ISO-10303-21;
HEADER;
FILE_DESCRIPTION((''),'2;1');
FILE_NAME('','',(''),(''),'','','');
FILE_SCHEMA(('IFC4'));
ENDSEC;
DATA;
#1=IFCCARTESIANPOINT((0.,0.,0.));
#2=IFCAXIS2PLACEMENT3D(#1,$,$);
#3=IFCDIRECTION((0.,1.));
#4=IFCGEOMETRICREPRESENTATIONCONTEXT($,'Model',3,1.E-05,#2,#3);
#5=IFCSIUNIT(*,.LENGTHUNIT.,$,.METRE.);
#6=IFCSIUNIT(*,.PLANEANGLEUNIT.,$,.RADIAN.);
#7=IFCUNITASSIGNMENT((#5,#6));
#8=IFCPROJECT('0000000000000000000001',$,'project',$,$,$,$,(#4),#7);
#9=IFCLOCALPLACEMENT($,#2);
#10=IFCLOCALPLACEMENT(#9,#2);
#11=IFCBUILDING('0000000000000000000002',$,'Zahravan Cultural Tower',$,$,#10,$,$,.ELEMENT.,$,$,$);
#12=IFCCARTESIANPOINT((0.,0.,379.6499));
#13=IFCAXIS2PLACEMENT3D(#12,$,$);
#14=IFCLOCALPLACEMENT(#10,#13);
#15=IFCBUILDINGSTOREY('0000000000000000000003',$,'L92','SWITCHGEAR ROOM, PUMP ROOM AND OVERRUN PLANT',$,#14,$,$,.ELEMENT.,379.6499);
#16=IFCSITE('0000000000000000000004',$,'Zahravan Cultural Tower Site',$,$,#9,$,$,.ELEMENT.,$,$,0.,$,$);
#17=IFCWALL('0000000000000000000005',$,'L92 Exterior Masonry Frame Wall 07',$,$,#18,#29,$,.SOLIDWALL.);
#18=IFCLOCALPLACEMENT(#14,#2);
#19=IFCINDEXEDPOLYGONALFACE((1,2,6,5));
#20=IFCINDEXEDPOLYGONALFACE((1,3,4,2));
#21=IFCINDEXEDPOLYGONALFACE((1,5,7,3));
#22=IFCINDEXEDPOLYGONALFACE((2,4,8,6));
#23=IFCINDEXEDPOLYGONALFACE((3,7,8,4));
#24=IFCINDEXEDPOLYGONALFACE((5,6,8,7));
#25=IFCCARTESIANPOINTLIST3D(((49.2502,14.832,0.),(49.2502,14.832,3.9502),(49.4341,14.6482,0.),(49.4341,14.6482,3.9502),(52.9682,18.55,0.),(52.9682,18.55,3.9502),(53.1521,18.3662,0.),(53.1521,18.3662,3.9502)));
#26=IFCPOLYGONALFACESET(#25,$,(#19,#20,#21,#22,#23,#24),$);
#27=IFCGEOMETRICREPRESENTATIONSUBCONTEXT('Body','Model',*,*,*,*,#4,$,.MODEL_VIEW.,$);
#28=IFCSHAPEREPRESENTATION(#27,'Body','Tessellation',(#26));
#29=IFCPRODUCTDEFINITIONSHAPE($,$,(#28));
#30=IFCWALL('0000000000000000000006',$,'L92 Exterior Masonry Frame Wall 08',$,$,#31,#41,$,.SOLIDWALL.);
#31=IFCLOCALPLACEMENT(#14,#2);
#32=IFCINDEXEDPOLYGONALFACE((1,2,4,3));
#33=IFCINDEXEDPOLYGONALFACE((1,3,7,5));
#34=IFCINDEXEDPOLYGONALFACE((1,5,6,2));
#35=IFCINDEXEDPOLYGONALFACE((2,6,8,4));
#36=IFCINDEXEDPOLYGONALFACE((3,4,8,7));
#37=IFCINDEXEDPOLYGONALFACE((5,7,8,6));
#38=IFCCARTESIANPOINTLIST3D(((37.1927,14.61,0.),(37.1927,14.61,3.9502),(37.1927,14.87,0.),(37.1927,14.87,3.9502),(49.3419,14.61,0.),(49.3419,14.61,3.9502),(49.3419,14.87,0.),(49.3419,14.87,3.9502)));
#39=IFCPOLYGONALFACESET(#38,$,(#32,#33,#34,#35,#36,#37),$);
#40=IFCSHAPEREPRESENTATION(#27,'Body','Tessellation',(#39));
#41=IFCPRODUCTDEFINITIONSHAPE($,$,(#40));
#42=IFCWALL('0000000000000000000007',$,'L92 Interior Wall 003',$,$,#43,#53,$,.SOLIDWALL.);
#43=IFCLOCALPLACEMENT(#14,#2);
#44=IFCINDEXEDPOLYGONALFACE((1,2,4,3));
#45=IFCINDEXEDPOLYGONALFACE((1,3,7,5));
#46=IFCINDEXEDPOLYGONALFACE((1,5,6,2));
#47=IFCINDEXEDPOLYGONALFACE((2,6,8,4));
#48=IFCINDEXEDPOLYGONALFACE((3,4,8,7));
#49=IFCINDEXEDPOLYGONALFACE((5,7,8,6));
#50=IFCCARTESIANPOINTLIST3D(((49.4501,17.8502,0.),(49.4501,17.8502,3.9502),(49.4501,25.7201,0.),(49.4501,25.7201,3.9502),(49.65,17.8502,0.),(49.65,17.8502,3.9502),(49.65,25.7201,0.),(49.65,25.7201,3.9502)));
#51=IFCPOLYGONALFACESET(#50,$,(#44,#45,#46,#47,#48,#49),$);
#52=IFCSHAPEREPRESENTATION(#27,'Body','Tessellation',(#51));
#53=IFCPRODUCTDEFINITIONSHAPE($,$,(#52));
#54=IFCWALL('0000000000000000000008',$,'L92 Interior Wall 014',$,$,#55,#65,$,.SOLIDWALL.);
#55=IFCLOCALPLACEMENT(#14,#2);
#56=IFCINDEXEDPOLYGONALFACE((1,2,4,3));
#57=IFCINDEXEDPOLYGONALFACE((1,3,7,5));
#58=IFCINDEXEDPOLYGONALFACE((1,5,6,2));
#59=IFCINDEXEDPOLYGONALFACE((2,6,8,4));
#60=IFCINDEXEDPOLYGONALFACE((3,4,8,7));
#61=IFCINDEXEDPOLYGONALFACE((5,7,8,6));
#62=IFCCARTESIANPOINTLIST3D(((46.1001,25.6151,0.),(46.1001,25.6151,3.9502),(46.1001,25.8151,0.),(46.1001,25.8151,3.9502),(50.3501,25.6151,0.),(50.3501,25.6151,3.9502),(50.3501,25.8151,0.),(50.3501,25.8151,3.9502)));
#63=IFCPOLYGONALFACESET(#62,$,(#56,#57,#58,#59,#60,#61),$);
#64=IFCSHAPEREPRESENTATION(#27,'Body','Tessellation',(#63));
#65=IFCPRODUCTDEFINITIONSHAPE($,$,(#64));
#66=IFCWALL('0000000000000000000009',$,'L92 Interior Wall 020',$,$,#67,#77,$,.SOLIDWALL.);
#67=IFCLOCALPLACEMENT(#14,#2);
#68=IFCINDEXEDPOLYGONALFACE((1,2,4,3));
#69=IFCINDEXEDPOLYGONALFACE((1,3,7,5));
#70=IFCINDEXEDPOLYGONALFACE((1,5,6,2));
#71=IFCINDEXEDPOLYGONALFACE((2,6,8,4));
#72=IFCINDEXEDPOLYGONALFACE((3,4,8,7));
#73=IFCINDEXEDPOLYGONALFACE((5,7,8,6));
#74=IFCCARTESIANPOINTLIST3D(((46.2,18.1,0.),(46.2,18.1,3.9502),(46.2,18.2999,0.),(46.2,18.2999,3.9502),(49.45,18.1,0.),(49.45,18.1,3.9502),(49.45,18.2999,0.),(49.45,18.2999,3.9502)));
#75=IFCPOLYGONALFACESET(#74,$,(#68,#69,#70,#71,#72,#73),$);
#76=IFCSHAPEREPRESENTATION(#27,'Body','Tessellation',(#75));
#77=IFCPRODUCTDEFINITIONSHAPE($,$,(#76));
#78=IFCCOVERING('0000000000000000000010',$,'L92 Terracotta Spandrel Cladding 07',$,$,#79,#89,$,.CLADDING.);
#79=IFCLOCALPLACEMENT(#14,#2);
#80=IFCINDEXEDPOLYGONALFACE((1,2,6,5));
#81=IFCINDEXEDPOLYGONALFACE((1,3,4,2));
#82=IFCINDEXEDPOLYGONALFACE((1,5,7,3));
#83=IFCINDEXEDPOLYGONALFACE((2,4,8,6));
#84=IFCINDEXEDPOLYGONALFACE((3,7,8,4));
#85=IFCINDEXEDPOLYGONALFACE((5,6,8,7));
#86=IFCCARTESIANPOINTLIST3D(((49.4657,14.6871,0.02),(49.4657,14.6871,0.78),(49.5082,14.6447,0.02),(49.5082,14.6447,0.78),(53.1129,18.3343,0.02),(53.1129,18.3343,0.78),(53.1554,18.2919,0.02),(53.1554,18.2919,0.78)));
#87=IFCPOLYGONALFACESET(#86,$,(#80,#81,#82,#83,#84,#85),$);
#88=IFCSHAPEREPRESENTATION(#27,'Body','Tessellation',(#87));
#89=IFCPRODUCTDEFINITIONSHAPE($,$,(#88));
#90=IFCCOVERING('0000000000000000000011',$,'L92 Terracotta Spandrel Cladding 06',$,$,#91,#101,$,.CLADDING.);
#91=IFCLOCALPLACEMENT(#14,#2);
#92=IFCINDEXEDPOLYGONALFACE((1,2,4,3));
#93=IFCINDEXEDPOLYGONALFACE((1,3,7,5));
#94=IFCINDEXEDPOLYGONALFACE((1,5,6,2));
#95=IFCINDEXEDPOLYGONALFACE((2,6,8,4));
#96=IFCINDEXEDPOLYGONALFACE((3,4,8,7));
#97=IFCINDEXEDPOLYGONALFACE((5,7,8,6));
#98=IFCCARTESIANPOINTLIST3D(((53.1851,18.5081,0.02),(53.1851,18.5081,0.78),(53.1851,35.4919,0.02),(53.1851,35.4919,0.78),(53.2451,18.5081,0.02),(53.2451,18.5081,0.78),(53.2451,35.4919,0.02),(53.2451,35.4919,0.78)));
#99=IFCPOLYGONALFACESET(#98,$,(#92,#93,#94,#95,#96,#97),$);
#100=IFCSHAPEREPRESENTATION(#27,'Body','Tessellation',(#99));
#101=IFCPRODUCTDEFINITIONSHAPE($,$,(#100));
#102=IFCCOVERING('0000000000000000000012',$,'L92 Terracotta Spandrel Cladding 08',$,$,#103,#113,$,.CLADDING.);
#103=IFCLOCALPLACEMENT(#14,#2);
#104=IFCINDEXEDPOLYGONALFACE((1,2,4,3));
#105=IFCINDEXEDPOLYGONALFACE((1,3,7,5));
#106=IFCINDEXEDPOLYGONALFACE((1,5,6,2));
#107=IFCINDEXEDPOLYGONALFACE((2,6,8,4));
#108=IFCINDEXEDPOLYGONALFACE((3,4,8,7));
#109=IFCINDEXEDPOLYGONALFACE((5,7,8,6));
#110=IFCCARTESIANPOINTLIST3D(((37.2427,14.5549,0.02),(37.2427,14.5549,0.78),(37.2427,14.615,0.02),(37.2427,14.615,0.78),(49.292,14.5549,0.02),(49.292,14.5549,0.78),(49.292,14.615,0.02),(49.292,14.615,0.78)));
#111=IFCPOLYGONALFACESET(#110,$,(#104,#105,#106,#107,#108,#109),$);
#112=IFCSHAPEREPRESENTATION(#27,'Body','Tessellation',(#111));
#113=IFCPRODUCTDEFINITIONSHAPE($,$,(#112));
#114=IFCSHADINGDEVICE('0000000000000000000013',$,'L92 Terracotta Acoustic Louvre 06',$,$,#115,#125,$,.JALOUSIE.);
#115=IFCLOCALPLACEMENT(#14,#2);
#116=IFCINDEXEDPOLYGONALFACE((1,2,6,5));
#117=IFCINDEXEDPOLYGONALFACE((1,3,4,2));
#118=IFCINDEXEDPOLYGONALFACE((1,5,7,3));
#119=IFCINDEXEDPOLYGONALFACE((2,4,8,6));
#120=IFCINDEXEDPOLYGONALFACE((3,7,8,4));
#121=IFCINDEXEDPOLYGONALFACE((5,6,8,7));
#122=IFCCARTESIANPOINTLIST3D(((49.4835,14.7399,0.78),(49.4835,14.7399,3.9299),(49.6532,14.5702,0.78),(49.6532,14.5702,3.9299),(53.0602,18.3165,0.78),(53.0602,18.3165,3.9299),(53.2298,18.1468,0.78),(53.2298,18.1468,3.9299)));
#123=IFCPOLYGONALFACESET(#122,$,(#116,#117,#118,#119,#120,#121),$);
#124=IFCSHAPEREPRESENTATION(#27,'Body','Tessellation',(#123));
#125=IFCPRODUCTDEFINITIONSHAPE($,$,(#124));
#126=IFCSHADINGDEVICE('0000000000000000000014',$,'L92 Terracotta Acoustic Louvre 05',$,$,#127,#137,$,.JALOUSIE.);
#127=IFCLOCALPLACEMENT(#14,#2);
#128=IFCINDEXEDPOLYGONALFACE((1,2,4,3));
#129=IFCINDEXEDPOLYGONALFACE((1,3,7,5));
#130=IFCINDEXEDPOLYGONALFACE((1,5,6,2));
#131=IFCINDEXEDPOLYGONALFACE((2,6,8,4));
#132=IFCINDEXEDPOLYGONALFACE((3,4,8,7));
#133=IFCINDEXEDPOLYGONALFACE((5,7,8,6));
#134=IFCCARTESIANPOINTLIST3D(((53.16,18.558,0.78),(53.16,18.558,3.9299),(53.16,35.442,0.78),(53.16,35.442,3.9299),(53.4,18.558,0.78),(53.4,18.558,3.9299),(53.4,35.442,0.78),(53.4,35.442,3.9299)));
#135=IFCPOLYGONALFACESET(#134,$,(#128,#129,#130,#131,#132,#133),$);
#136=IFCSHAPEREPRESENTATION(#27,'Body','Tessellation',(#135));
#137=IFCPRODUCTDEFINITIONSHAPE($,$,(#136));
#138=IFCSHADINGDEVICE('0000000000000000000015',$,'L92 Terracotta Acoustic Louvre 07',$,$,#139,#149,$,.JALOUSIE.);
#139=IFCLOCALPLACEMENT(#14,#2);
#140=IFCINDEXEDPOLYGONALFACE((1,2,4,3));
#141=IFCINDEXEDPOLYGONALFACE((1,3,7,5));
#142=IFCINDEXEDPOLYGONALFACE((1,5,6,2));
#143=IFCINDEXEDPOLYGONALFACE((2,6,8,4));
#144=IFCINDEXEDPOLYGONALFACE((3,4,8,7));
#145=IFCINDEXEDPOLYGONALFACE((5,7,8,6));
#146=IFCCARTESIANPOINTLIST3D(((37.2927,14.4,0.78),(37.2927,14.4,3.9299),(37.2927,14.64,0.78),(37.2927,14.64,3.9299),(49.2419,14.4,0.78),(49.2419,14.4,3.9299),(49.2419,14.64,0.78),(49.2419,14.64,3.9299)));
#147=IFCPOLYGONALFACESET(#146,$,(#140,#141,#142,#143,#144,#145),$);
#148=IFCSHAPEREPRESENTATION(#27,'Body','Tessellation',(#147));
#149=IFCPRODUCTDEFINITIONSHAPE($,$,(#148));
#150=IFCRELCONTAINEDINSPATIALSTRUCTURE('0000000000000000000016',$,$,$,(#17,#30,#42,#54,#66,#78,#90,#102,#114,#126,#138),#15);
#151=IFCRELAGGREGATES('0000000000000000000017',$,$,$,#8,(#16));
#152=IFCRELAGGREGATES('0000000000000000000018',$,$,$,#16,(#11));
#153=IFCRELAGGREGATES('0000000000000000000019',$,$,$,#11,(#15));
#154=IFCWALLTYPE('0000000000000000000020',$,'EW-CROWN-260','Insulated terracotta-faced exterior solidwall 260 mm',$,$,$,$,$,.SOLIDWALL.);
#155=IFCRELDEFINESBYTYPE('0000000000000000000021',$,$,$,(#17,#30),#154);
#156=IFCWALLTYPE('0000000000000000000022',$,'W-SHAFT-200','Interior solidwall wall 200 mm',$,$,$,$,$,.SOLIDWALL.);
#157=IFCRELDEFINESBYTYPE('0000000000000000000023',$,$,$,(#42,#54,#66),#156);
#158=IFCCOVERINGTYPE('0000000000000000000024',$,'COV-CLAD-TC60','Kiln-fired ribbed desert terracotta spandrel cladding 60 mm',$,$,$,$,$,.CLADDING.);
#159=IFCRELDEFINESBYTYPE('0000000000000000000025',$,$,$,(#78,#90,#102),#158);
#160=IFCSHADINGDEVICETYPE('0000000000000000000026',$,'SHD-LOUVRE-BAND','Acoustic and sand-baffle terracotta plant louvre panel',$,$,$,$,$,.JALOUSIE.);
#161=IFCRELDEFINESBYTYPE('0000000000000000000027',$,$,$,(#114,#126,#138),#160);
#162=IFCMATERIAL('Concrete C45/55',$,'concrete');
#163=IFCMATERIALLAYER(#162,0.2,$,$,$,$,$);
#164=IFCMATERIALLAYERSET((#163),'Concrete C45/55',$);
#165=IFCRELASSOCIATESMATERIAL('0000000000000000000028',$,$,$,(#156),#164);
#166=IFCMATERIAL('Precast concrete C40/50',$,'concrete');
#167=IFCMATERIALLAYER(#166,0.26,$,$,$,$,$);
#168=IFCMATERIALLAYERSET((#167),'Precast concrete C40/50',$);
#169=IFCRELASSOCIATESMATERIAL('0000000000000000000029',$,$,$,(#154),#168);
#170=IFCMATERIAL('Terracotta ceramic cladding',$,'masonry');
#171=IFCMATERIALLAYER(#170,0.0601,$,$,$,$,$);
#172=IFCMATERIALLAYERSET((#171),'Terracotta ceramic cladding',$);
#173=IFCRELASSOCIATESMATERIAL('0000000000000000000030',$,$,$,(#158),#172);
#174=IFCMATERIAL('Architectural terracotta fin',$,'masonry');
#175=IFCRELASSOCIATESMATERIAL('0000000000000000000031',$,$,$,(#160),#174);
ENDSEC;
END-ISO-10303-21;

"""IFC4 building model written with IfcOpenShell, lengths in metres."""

from ifc_helpers import new_model, si_unit, direction, frame, frame_2d, origin, origin_2d, place, context, subcontext, project, spatial, rectangle, extrude, source, transform, mapped, material, layer, layer_set, type_object, element, save


model = new_model("IFC4")

# Units and contexts
model_context = context("Model", 3, precision=1e-05, world=origin(), true_north=direction((0.0, 1.0)))
body_context = subcontext(model_context, "Body", "Model", "MODEL_VIEW")
ifc_project = project(units=[si_unit("LENGTHUNIT", "METRE"), si_unit("PLANEANGLEUNIT", "RADIAN")], contexts=[model_context])

# Site, building, storey
site_placement = place(None, origin())
site = spatial("IfcSite", under=ifc_project, at=site_placement, Name="Zahravan Cultural Tower Site", CompositionType="ELEMENT", RefElevation=0.0)
building_placement = place(site_placement, origin())
building = spatial("IfcBuilding", under=site, at=building_placement, Name="Zahravan Cultural Tower", CompositionType="ELEMENT")
storey_placement = place(building_placement, frame((0.0, 0.0, 379.6499)))
storey = spatial("IfcBuildingStorey", under=building, at=storey_placement, Name="L92", Description="SWITCHGEAR ROOM, PUMP ROOM AND OVERRUN PLANT", CompositionType="ELEMENT", Elevation=379.6499)

# Shared definitions
ifc_material_1 = material(Name="Concrete C45/55", Category="concrete")

# Shared definitions
ifc_layer_1 = layer(ifc_material_1, 0.2)
ifc_layer_set_1 = layer_set([ifc_layer_1], Name="Concrete C45/55")
wall_type_1 = type_object("IfcWallType", Name="W-SHAFT-200", Description="Interior solidwall wall 200 mm", PredefinedType="SOLIDWALL", material=ifc_layer_set_1)

# Walls
ifc_material_2 = material(Name="Precast concrete C40/50", Category="concrete")
ifc_layer_2 = layer(ifc_material_2, 0.26)
ifc_layer_set_2 = layer_set([ifc_layer_2], Name="Precast concrete C40/50")
wall_type_2 = type_object("IfcWallType", Name="EW-CROWN-260", Description="Insulated terracotta-faced exterior solidwall 260 mm", PredefinedType="SOLIDWALL", material=ifc_layer_set_2)
shared_shape_1 = source(origin(), body_context, "Body", "SweptSolid", [
    extrude(rectangle(XDim=5.2581, YDim=0.26, at=frame_2d((2.6289, 0.0))), origin(), (0.0, 0.0, 1.0), 3.9502),
])
wall_1_placement = place(storey_placement, frame((53.0601, 18.458, 0.0), z_axis=(0.0, 0.0, 1.0), x_axis=(-0.707107, -0.707107, 0.0)))
element("IfcWall", 1, at=wall_1_placement, inside=storey, type_object=wall_type_2, Name="L92 Exterior Masonry Frame Wall 07", PredefinedType="SOLIDWALL", context=body_context, shape_type="MappedRepresentation", body=[
    mapped(shared_shape_1, transform((0.0, 0.0, 0.0), x_axis=(1.0, 0.0, 0.0), y_axis=(0.0, 1.0, 0.0), z_axis=(0.0, 0.0, 1.0), scale=1.0)),
])
shared_shape_2 = source(origin(), body_context, "Body", "SweptSolid", [
    extrude(rectangle(XDim=12.1492, YDim=0.26, at=frame_2d((6.0747, 0.0))), origin(), (0.0, 0.0, 1.0), 3.9502),
])
wall_2_placement = place(storey_placement, frame((49.342, 14.74, 0.0), z_axis=(0.0, 0.0, 1.0), x_axis=(-1.0, 0.0, 0.0)))
element("IfcWall", 2, at=wall_2_placement, inside=storey, type_object=wall_type_2, Name="L92 Exterior Masonry Frame Wall 08", PredefinedType="SOLIDWALL", context=body_context, shape_type="MappedRepresentation", body=[
    mapped(shared_shape_2, transform((0.0, 0.0, 0.0), x_axis=(1.0, 0.0, 0.0), y_axis=(0.0, 1.0, 0.0), z_axis=(0.0, 0.0, 1.0), scale=1.0)),
])
shared_shape_3 = source(origin(), body_context, "Body", "SweptSolid", [
    extrude(rectangle(XDim=7.8699, YDim=0.2, at=frame_2d((3.9351, 0.0))), origin(), (0.0, 0.0, 1.0), 3.9502),
])
wall_3_placement = place(storey_placement, frame((49.55, 17.8501, 0.0), z_axis=(0.0, 0.0, 1.0), x_axis=(0.0, 1.0, 0.0)))
element("IfcWall", 3, at=wall_3_placement, inside=storey, type_object=wall_type_1, Name="L92 Interior Wall 003", PredefinedType="SOLIDWALL", context=body_context, shape_type="MappedRepresentation", body=[
    mapped(shared_shape_3, transform((0.0, 0.0, 0.0), x_axis=(1.0, 0.0, 0.0), y_axis=(0.0, 1.0, 0.0), z_axis=(0.0, 0.0, 1.0), scale=1.0)),
])
shared_shape_4 = source(origin(), body_context, "Body", "SweptSolid", [
    extrude(rectangle(XDim=4.25, YDim=0.2, at=frame_2d((2.125, 0.0))), origin(), (0.0, 0.0, 1.0), 3.9502),
])
wall_4_placement = place(storey_placement, frame((46.1001, 25.7151, 0.0), z_axis=(0.0, 0.0, 1.0), x_axis=(1.0, 0.0, 0.0)))
element("IfcWall", 4, at=wall_4_placement, inside=storey, type_object=wall_type_1, Name="L92 Interior Wall 014", PredefinedType="SOLIDWALL", context=body_context, shape_type="MappedRepresentation", body=[
    mapped(shared_shape_4, transform((0.0, 0.0, 0.0), x_axis=(1.0, 0.0, 0.0), y_axis=(0.0, 1.0, 0.0), z_axis=(0.0, 0.0, 1.0), scale=1.0)),
])
shared_shape_5 = source(origin(), body_context, "Body", "SweptSolid", [
    extrude(rectangle(XDim=3.25, YDim=0.2, at=frame_2d((1.625, 0.0))), origin(), (0.0, 0.0, 1.0), 3.9502),
])
wall_5_placement = place(storey_placement, frame((46.2, 18.2, 0.0), z_axis=(0.0, 0.0, 1.0), x_axis=(1.0, 0.0, 0.0)))
element("IfcWall", 5, at=wall_5_placement, inside=storey, type_object=wall_type_1, Name="L92 Interior Wall 020", PredefinedType="SOLIDWALL", context=body_context, shape_type="MappedRepresentation", body=[
    mapped(shared_shape_5, transform((0.0, 0.0, 0.0), x_axis=(1.0, 0.0, 0.0), y_axis=(0.0, 1.0, 0.0), z_axis=(0.0, 0.0, 1.0), scale=1.0)),
])

# Coverings
ifc_material_3 = material(Name="Terracotta ceramic cladding", Category="masonry")
ifc_layer_3 = layer(ifc_material_3, 0.0601)
ifc_layer_set_3 = layer_set([ifc_layer_3], Name="Terracotta ceramic cladding")
covering_type = type_object("IfcCoveringType", Name="COV-CLAD-TC60", Description="Kiln-fired ribbed desert terracotta spandrel cladding 60 mm", PredefinedType="CLADDING", material=ifc_layer_set_3)
shared_shape_6 = source(origin(), body_context, "Body", "SweptSolid", [
    extrude(rectangle(XDim=5.158, YDim=0.0601, at=origin_2d()), origin(), (0.0, 0.0, 1.0), 0.76),
])
covering_1_placement = place(storey_placement, frame((51.3105, 16.4895, 0.02), z_axis=(0.0, 0.0, 1.0), x_axis=(-0.707107, -0.707107, 0.0)))
element("IfcCovering", 6, at=covering_1_placement, inside=storey, type_object=covering_type, Name="L92 Terracotta Spandrel Cladding 07", PredefinedType="CLADDING", context=body_context, shape_type="MappedRepresentation", body=[
    mapped(shared_shape_6, transform((0.0, 0.0, 0.0), x_axis=(1.0, 0.0, 0.0), y_axis=(0.0, 1.0, 0.0), z_axis=(0.0, 0.0, 1.0), scale=1.0)),
])
shared_shape_7 = source(origin(), body_context, "Body", "SweptSolid", [
    extrude(rectangle(XDim=16.9839, YDim=0.0601, at=origin_2d()), origin(), (0.0, 0.0, 1.0), 0.76),
])
covering_2_placement = place(storey_placement, frame((53.2151, 27.0, 0.02), z_axis=(0.0, 0.0, 1.0), x_axis=(0.0, -1.0, 0.0)))
element("IfcCovering", 7, at=covering_2_placement, inside=storey, type_object=covering_type, Name="L92 Terracotta Spandrel Cladding 06", PredefinedType="CLADDING", context=body_context, shape_type="MappedRepresentation", body=[
    mapped(shared_shape_7, transform((0.0, 0.0, 0.0), x_axis=(1.0, 0.0, 0.0), y_axis=(0.0, 1.0, 0.0), z_axis=(0.0, 0.0, 1.0), scale=1.0)),
])
shared_shape_8 = source(origin(), body_context, "Body", "SweptSolid", [
    extrude(rectangle(XDim=12.0493, YDim=0.0601, at=origin_2d()), origin(), (0.0, 0.0, 1.0), 0.76),
])
covering_3_placement = place(storey_placement, frame((43.2673, 14.585, 0.02), z_axis=(0.0, 0.0, 1.0), x_axis=(-1.0, 0.0, 0.0)))
element("IfcCovering", 8, at=covering_3_placement, inside=storey, type_object=covering_type, Name="L92 Terracotta Spandrel Cladding 08", PredefinedType="CLADDING", context=body_context, shape_type="MappedRepresentation", body=[
    mapped(shared_shape_8, transform((0.0, 0.0, 0.0), x_axis=(1.0, 0.0, 0.0), y_axis=(0.0, 1.0, 0.0), z_axis=(0.0, 0.0, 1.0), scale=1.0)),
])

# Shading devices
ifc_material_4 = material(Name="Architectural terracotta fin", Category="masonry")
shading_device_type = type_object("IfcShadingDeviceType", Name="SHD-LOUVRE-BAND", Description="Acoustic and sand-baffle terracotta plant louvre panel", PredefinedType="JALOUSIE", material=ifc_material_4)
shared_shape_9 = source(origin(), body_context, "Body", "SweptSolid", [
    extrude(rectangle(XDim=5.0581, YDim=0.24, at=origin_2d()), origin(), (0.0, 0.0, 1.0), 3.1499),
])
shading_device_1_placement = place(storey_placement, frame((51.3567, 16.4434, 0.78), z_axis=(0.0, 0.0, 1.0), x_axis=(-0.707107, -0.707107, 0.0)))
element("IfcShadingDevice", 9, at=shading_device_1_placement, inside=storey, type_object=shading_device_type, Name="L92 Terracotta Acoustic Louvre 06", PredefinedType="JALOUSIE", context=body_context, shape_type="MappedRepresentation", body=[
    mapped(shared_shape_9, transform((0.0, 0.0, 0.0), x_axis=(1.0, 0.0, 0.0), y_axis=(0.0, 1.0, 0.0), z_axis=(0.0, 0.0, 1.0), scale=1.0)),
])
shared_shape_10 = source(origin(), body_context, "Body", "SweptSolid", [
    extrude(rectangle(XDim=16.884, YDim=0.24, at=origin_2d()), origin(), (0.0, 0.0, 1.0), 3.1499),
])
shading_device_2_placement = place(storey_placement, frame((53.28, 27.0, 0.78), z_axis=(0.0, 0.0, 1.0), x_axis=(0.0, -1.0, 0.0)))
element("IfcShadingDevice", 10, at=shading_device_2_placement, inside=storey, type_object=shading_device_type, Name="L92 Terracotta Acoustic Louvre 05", PredefinedType="JALOUSIE", context=body_context, shape_type="MappedRepresentation", body=[
    mapped(shared_shape_10, transform((0.0, 0.0, 0.0), x_axis=(1.0, 0.0, 0.0), y_axis=(0.0, 1.0, 0.0), z_axis=(0.0, 0.0, 1.0), scale=1.0)),
])
shared_shape_11 = source(origin(), body_context, "Body", "SweptSolid", [
    extrude(rectangle(XDim=11.9492, YDim=0.24, at=origin_2d()), origin(), (0.0, 0.0, 1.0), 3.1499),
])
shading_device_3_placement = place(storey_placement, frame((43.2673, 14.52, 0.78), z_axis=(0.0, 0.0, 1.0), x_axis=(-1.0, 0.0, 0.0)))
element("IfcShadingDevice", 11, at=shading_device_3_placement, inside=storey, type_object=shading_device_type, Name="L92 Terracotta Acoustic Louvre 07", PredefinedType="JALOUSIE", context=body_context, shape_type="MappedRepresentation", body=[
    mapped(shared_shape_11, transform((0.0, 0.0, 0.0), x_axis=(1.0, 0.0, 0.0), y_axis=(0.0, 1.0, 0.0), z_axis=(0.0, 0.0, 1.0), scale=1.0)),
])

save(model, "model.ifc")
